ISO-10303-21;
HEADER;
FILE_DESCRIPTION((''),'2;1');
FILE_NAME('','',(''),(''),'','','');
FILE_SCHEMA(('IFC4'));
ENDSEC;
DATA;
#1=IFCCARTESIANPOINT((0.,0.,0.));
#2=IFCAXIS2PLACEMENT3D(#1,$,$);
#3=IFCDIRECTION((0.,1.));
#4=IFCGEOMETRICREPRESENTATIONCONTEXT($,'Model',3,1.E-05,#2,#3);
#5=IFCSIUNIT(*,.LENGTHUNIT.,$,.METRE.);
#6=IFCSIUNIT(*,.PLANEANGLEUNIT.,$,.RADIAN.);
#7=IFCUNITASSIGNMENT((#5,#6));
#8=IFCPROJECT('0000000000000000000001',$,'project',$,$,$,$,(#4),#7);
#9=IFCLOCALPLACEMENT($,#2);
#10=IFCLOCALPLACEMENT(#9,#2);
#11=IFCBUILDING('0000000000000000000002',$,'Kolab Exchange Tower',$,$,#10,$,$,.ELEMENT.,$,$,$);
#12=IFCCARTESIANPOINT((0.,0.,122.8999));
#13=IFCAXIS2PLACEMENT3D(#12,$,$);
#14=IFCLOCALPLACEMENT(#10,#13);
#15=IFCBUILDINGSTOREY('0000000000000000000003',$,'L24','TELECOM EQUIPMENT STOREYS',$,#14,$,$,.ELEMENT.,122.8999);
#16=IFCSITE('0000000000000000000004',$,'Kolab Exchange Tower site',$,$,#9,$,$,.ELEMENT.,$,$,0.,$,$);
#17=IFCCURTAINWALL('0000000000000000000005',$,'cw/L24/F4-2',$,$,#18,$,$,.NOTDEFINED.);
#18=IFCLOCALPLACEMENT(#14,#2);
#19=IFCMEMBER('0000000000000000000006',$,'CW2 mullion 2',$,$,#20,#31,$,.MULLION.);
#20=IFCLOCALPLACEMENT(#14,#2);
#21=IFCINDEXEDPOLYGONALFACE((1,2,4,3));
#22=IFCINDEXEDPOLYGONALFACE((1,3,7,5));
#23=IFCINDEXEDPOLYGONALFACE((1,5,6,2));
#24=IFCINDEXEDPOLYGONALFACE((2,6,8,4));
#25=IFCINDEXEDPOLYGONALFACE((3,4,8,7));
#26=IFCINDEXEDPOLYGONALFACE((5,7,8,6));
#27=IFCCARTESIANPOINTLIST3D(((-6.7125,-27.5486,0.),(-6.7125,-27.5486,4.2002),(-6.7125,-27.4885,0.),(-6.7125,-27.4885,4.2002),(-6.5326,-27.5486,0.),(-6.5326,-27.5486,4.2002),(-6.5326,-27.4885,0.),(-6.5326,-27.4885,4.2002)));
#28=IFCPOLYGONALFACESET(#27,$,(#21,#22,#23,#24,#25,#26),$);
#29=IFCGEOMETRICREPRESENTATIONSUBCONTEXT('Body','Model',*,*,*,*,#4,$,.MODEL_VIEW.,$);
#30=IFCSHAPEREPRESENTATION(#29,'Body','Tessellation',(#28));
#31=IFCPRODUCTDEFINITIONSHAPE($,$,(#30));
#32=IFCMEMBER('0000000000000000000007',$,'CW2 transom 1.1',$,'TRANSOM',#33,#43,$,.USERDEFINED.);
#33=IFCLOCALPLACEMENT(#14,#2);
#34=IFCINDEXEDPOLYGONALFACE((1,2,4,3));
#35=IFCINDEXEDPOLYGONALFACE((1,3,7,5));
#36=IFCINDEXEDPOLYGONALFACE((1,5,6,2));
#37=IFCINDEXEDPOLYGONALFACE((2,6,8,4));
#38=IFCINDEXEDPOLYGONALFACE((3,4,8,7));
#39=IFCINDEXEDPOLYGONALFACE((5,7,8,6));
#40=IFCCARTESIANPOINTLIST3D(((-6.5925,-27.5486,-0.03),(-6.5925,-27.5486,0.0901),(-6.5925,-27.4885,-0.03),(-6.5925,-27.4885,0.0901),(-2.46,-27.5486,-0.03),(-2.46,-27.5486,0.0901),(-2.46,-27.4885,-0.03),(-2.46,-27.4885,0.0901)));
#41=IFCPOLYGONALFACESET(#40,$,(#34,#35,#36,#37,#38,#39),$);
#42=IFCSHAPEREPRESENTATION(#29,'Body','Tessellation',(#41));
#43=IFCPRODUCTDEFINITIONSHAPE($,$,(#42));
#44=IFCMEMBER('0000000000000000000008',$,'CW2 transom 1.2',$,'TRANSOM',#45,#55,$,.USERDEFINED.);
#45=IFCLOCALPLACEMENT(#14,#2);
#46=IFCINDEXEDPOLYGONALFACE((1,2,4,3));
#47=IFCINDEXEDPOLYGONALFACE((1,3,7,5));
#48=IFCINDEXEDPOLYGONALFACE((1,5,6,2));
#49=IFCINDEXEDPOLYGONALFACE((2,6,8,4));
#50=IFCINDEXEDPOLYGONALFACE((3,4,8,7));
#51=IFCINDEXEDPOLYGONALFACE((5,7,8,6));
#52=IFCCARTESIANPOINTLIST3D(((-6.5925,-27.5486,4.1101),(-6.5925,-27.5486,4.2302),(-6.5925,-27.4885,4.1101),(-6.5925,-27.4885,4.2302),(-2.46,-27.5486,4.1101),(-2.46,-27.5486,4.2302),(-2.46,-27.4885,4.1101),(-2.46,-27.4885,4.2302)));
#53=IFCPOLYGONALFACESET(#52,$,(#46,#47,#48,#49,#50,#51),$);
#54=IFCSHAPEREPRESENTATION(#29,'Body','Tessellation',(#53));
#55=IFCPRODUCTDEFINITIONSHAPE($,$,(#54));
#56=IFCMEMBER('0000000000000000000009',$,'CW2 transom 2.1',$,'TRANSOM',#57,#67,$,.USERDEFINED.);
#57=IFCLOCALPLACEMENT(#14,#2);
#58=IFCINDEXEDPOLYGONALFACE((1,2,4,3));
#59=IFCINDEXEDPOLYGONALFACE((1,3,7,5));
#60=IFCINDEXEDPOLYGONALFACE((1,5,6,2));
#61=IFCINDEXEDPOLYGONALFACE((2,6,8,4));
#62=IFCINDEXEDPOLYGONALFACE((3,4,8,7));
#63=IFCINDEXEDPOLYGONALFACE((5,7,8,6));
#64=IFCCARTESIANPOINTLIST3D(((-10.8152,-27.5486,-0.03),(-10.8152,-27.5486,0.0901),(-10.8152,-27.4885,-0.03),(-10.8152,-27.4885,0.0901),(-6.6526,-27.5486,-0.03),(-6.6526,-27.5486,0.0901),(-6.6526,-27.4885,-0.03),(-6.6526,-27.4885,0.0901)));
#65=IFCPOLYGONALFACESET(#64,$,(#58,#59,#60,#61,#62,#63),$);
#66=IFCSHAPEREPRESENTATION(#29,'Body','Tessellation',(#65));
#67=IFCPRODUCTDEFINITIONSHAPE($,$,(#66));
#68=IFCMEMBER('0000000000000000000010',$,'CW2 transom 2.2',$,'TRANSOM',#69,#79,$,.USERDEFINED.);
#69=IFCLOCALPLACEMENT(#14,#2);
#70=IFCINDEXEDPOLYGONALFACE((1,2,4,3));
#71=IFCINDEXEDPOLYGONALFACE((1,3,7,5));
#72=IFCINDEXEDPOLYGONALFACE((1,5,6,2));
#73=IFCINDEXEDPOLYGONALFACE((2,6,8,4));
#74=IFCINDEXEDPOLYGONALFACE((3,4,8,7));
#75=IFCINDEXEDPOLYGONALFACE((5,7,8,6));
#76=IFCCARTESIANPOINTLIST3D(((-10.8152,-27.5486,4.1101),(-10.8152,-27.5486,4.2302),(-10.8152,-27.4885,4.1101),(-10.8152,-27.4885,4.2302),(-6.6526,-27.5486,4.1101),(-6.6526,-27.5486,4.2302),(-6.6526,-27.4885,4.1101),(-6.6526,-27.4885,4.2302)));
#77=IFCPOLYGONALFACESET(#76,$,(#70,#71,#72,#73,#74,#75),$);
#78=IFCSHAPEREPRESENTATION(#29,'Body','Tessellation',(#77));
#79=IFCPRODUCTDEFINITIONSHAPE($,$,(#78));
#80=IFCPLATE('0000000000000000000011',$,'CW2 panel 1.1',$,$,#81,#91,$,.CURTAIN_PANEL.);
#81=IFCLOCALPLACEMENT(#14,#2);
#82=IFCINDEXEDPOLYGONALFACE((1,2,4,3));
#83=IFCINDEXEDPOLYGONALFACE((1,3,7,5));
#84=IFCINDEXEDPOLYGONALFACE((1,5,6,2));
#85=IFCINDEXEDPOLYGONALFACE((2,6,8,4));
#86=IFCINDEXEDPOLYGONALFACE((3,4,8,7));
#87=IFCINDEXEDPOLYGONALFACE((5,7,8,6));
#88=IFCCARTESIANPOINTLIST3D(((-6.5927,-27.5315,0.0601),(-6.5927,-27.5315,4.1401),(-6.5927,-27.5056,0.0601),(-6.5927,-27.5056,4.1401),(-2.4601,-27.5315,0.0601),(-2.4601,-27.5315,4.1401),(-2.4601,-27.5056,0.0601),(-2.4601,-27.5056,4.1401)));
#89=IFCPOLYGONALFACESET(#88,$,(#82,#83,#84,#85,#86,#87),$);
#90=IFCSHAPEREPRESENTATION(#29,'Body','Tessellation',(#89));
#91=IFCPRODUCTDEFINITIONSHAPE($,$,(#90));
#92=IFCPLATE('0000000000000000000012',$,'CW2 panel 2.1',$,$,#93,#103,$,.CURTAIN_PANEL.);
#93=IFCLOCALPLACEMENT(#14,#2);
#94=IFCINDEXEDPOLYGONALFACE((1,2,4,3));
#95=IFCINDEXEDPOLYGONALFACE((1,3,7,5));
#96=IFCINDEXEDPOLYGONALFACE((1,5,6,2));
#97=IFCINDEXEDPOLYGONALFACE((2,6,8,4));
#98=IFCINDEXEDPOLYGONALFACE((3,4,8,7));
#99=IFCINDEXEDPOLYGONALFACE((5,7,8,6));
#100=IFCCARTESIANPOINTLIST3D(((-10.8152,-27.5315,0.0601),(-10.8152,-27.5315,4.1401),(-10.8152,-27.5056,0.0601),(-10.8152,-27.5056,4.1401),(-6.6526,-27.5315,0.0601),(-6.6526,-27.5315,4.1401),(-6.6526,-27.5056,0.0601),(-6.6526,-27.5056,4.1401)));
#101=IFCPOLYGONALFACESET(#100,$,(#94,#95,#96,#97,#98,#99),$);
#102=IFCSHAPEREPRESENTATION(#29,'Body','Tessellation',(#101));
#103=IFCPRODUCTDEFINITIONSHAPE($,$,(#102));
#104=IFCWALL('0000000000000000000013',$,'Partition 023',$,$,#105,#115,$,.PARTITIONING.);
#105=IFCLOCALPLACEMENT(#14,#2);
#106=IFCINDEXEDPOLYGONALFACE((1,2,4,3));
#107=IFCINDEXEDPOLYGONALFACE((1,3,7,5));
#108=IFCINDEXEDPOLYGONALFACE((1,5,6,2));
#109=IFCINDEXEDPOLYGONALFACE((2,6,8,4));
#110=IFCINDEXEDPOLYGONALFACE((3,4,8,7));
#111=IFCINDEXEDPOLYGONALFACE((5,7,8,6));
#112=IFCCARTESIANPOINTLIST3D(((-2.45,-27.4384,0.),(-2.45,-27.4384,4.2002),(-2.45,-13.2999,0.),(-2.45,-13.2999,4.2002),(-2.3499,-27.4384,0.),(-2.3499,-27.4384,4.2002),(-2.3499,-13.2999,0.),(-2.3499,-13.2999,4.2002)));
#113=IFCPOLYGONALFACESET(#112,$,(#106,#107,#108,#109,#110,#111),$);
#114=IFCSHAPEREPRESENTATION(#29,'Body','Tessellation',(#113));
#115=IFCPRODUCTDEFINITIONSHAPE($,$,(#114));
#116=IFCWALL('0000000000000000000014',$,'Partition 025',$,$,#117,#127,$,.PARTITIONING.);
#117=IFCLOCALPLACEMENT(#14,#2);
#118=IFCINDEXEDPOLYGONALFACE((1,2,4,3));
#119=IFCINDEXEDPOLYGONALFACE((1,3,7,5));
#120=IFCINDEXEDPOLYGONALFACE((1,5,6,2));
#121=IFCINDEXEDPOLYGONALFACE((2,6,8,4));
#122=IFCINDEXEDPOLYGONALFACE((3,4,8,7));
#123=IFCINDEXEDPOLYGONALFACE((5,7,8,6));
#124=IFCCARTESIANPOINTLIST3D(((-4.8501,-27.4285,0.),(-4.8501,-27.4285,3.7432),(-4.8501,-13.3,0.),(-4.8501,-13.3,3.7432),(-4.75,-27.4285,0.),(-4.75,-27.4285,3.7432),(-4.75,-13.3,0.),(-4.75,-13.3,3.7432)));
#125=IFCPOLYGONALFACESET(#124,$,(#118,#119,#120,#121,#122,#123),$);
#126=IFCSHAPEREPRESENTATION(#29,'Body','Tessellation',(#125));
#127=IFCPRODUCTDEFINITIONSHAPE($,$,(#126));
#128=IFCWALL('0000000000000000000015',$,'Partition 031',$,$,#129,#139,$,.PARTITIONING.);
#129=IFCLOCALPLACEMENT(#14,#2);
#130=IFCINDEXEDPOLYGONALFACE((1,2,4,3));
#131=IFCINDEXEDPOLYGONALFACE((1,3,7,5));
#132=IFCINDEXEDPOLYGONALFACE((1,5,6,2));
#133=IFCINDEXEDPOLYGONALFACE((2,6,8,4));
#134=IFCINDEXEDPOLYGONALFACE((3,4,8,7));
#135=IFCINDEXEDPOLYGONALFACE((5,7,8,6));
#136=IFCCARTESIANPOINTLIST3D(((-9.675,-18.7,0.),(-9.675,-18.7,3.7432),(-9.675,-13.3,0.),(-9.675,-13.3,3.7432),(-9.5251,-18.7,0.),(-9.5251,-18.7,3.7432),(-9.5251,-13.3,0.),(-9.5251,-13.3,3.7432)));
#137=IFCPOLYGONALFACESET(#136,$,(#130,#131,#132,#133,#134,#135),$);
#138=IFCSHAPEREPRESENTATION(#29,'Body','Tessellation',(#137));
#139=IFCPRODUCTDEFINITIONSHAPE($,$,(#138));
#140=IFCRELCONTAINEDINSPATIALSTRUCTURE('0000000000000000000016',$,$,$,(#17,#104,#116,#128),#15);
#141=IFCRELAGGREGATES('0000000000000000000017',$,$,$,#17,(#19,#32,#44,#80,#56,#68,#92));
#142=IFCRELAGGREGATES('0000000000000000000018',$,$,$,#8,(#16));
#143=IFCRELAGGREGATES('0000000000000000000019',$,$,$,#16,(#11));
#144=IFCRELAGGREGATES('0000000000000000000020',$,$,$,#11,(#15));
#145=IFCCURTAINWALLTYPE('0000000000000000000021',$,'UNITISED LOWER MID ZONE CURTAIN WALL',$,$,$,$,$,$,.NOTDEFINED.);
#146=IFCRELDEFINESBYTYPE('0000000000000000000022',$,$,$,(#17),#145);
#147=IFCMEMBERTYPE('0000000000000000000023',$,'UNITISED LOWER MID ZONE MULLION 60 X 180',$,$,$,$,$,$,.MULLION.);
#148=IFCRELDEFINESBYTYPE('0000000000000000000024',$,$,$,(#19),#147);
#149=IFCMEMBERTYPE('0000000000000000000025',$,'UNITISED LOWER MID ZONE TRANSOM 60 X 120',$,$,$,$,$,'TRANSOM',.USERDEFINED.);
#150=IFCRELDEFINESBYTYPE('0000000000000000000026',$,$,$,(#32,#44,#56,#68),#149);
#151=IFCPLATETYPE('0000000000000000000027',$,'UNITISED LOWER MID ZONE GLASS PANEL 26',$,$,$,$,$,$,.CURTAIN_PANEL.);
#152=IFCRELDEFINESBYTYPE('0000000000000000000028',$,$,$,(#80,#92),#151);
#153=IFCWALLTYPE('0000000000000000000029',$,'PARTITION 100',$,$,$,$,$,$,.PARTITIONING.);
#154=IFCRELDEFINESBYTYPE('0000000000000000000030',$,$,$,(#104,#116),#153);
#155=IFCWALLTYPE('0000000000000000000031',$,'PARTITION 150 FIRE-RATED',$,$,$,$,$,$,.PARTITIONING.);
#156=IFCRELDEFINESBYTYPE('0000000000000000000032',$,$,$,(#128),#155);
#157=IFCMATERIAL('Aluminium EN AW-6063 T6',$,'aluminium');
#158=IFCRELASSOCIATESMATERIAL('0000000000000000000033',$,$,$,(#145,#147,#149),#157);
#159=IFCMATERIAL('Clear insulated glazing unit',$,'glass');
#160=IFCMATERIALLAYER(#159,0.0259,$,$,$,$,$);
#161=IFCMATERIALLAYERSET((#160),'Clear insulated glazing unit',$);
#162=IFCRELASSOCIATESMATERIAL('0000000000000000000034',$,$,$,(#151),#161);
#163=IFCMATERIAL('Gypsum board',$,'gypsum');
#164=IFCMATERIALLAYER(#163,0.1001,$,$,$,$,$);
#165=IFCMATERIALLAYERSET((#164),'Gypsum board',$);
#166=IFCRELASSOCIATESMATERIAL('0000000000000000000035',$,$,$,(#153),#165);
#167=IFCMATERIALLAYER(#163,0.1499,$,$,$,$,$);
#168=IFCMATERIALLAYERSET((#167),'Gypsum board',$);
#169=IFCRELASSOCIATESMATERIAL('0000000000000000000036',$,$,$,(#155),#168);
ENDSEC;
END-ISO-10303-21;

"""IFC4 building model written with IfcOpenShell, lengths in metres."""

from ifc_helpers import new_model, si_unit, direction, frame, frame_2d, origin, origin_2d, place, context, subcontext, project, spatial, rectangle, extrude, material, layer, layer_set, material_profile, profile_set, type_object, element, aggregate, save


model = new_model("IFC4")

# Units and contexts
model_context = context("Model", 3, precision=1e-05, world=origin(), true_north=direction((0.0, 1.0)))
body_context = subcontext(model_context, "Body", "Model", "MODEL_VIEW")
ifc_project = project(units=[si_unit("LENGTHUNIT", "METRE"), si_unit("PLANEANGLEUNIT", "RADIAN")], contexts=[model_context])

# Site, building, storey
site_placement = place(None, origin())
site = spatial("IfcSite", under=ifc_project, at=site_placement, Name="Kolab Exchange Tower site", CompositionType="ELEMENT", RefElevation=0.0)
building_placement = place(site_placement, origin())
building = spatial("IfcBuilding", under=site, at=building_placement, Name="Kolab Exchange Tower", CompositionType="ELEMENT")
storey_placement = place(building_placement, frame((0.0, 0.0, 122.8999)))
storey = spatial("IfcBuildingStorey", under=building, at=storey_placement, Name="L24", Description="TELECOM EQUIPMENT STOREYS", CompositionType="ELEMENT", Elevation=122.8999)

# Curtain wall, members, plates
ifc_material_1 = material(Name="Aluminium EN AW-6063 T6", Category="aluminium")
curtain_wall_type = type_object("IfcCurtainWallType", Name="UNITISED LOWER MID ZONE CURTAIN WALL", PredefinedType="NOTDEFINED", material=ifc_material_1)
curtain_wall_placement = place(storey_placement, origin())
curtain_wall = element("IfcCurtainWall", 1, at=curtain_wall_placement, inside=storey, type_object=curtain_wall_type, Name="cw/L24/F4-2", PredefinedType="NOTDEFINED")
ifc_material_profile_1 = material_profile(ifc_material_1, rectangle(XDim=0.0601, YDim=0.1799, at=origin_2d()), Name="RECT 60X180")
ifc_profile_set_1 = profile_set([ifc_material_profile_1], Name="Aluminium EN AW-6063 T6")
member_type_1 = type_object("IfcMemberType", Name="UNITISED LOWER MID ZONE MULLION 60 X 180", PredefinedType="MULLION", material=ifc_profile_set_1)
member_1_placement = place(storey_placement, frame((-6.6226, -27.5186, 0.0), z_axis=(0.0, 0.0, 1.0), x_axis=(0.0, -1.0, 0.0)))
member_1 = element("IfcMember", 2, at=member_1_placement, type_object=member_type_1, Name="CW2 mullion 2", PredefinedType="MULLION", context=body_context, shape_type="SweptSolid", body=[
    extrude(rectangle(XDim=0.0601, YDim=0.1799, at=origin_2d()), origin(), (0.0, 0.0, 1.0), 4.2002),
])
ifc_material_profile_2 = material_profile(ifc_material_1, rectangle(XDim=0.0601, YDim=0.1201, at=origin_2d()), Name="RECT 60X120")
ifc_profile_set_2 = profile_set([ifc_material_profile_2], Name="Aluminium EN AW-6063 T6")
member_type_2 = type_object("IfcMemberType", Name="UNITISED LOWER MID ZONE TRANSOM 60 X 120", ElementType="TRANSOM", PredefinedType="USERDEFINED", material=ifc_profile_set_2)
member_2_placement = place(storey_placement, frame((-2.46, -27.5186, 0.03), z_axis=(-1.0, 0.0, 0.0), x_axis=(0.0, -1.0, 0.0)))
member_2 = element("IfcMember", 3, at=member_2_placement, type_object=member_type_2, Name="CW2 transom 1.1", ObjectType="TRANSOM", PredefinedType="USERDEFINED", context=body_context, shape_type="SweptSolid", body=[
    extrude(rectangle(XDim=0.0601, YDim=0.1201, at=origin_2d()), origin(), (0.0, 0.0, 1.0), 4.1326),
])
member_3_placement = place(storey_placement, frame((-2.46, -27.5186, 4.1702), z_axis=(-1.0, 0.0, 0.0), x_axis=(0.0, -1.0, 0.0)))
member_3 = element("IfcMember", 4, at=member_3_placement, type_object=member_type_2, Name="CW2 transom 1.2", ObjectType="TRANSOM", PredefinedType="USERDEFINED", context=body_context, shape_type="SweptSolid", body=[
    extrude(rectangle(XDim=0.0601, YDim=0.1201, at=origin_2d()), origin(), (0.0, 0.0, 1.0), 4.1326),
])
member_4_placement = place(storey_placement, frame((-6.6526, -27.5186, 0.03), z_axis=(-1.0, 0.0, 0.0), x_axis=(0.0, -1.0, 0.0)))
member_4 = element("IfcMember", 5, at=member_4_placement, type_object=member_type_2, Name="CW2 transom 2.1", ObjectType="TRANSOM", PredefinedType="USERDEFINED", context=body_context, shape_type="SweptSolid", body=[
    extrude(rectangle(XDim=0.0601, YDim=0.1201, at=origin_2d()), origin(), (0.0, 0.0, 1.0), 4.1626),
])
member_5_placement = place(storey_placement, frame((-6.6526, -27.5186, 4.1702), z_axis=(-1.0, 0.0, 0.0), x_axis=(0.0, -1.0, 0.0)))
member_5 = element("IfcMember", 6, at=member_5_placement, type_object=member_type_2, Name="CW2 transom 2.2", ObjectType="TRANSOM", PredefinedType="USERDEFINED", context=body_context, shape_type="SweptSolid", body=[
    extrude(rectangle(XDim=0.0601, YDim=0.1201, at=origin_2d()), origin(), (0.0, 0.0, 1.0), 4.1626),
])
ifc_material_2 = material(Name="Clear insulated glazing unit", Category="glass")
ifc_layer_1 = layer(ifc_material_2, 0.0259)
ifc_layer_set_1 = layer_set([ifc_layer_1], Name="Clear insulated glazing unit")
plate_type = type_object("IfcPlateType", Name="UNITISED LOWER MID ZONE GLASS PANEL 26", PredefinedType="CURTAIN_PANEL", material=ifc_layer_set_1)
plate_1_placement = place(storey_placement, frame((-4.5264, -27.5186, 0.0601), z_axis=(0.0, 0.0, 1.0), x_axis=(-1.0, 0.0, 0.0)))
plate_1 = element("IfcPlate", 7, at=plate_1_placement, type_object=plate_type, Name="CW2 panel 1.1", PredefinedType="CURTAIN_PANEL", context=body_context, shape_type="SweptSolid", body=[
    extrude(rectangle(XDim=4.1326, YDim=0.0259, at=origin_2d()), origin(), (0.0, 0.0, 1.0), 4.0801),
])
plate_2_placement = place(storey_placement, frame((-8.7339, -27.5186, 0.0601), z_axis=(0.0, 0.0, 1.0), x_axis=(-1.0, 0.0, 0.0)))
plate_2 = element("IfcPlate", 8, at=plate_2_placement, type_object=plate_type, Name="CW2 panel 2.1", PredefinedType="CURTAIN_PANEL", context=body_context, shape_type="SweptSolid", body=[
    extrude(rectangle(XDim=4.1626, YDim=0.0259, at=origin_2d()), origin(), (0.0, 0.0, 1.0), 4.0801),
])
aggregate(curtain_wall, [member_1, member_2, member_3, plate_1, member_4, member_5, plate_2])

# Walls
ifc_material_3 = material(Name="Gypsum board", Category="gypsum")
ifc_layer_2 = layer(ifc_material_3, 0.1001)
ifc_layer_set_2 = layer_set([ifc_layer_2], Name="Gypsum board")
wall_type_1 = type_object("IfcWallType", Name="PARTITION 100", PredefinedType="PARTITIONING", material=ifc_layer_set_2)
wall_1_placement = place(storey_placement, frame((-2.3999, -27.4385, 0.0), z_axis=(0.0, 0.0, 1.0), x_axis=(0.0, 1.0, 0.0)))
element("IfcWall", 9, at=wall_1_placement, inside=storey, type_object=wall_type_1, Name="Partition 023", PredefinedType="PARTITIONING", context=body_context, shape_type="SweptSolid", body=[
    extrude(rectangle(XDim=14.1384, YDim=0.1001, at=frame_2d((7.0693, 0.0))), origin(), (0.0, 0.0, 1.0), 4.2002),
])
wall_2_placement = place(storey_placement, frame((-4.8, -27.4285, 0.0), z_axis=(0.0, 0.0, 1.0), x_axis=(0.0, 1.0, 0.0)))
element("IfcWall", 10, at=wall_2_placement, inside=storey, type_object=wall_type_1, Name="Partition 025", PredefinedType="PARTITIONING", context=body_context, shape_type="SweptSolid", body=[
    extrude(rectangle(XDim=14.1284, YDim=0.1001, at=frame_2d((7.0642, 0.0))), origin(), (0.0, 0.0, 1.0), 3.7432),
])
ifc_layer_3 = layer(ifc_material_3, 0.1499)
ifc_layer_set_3 = layer_set([ifc_layer_3], Name="Gypsum board")
wall_type_2 = type_object("IfcWallType", Name="PARTITION 150 FIRE-RATED", PredefinedType="PARTITIONING", material=ifc_layer_set_3)
wall_3_placement = place(storey_placement, frame((-9.6001, -18.7, 0.0), z_axis=(0.0, 0.0, 1.0), x_axis=(0.0, 1.0, 0.0)))
element("IfcWall", 11, at=wall_3_placement, inside=storey, type_object=wall_type_2, Name="Partition 031", PredefinedType="PARTITIONING", context=body_context, shape_type="SweptSolid", body=[
    extrude(rectangle(XDim=5.3999, YDim=0.1499, at=frame_2d((2.7, 0.0))), origin(), (0.0, 0.0, 1.0), 3.7432),
])

save(model, "model.ifc")
